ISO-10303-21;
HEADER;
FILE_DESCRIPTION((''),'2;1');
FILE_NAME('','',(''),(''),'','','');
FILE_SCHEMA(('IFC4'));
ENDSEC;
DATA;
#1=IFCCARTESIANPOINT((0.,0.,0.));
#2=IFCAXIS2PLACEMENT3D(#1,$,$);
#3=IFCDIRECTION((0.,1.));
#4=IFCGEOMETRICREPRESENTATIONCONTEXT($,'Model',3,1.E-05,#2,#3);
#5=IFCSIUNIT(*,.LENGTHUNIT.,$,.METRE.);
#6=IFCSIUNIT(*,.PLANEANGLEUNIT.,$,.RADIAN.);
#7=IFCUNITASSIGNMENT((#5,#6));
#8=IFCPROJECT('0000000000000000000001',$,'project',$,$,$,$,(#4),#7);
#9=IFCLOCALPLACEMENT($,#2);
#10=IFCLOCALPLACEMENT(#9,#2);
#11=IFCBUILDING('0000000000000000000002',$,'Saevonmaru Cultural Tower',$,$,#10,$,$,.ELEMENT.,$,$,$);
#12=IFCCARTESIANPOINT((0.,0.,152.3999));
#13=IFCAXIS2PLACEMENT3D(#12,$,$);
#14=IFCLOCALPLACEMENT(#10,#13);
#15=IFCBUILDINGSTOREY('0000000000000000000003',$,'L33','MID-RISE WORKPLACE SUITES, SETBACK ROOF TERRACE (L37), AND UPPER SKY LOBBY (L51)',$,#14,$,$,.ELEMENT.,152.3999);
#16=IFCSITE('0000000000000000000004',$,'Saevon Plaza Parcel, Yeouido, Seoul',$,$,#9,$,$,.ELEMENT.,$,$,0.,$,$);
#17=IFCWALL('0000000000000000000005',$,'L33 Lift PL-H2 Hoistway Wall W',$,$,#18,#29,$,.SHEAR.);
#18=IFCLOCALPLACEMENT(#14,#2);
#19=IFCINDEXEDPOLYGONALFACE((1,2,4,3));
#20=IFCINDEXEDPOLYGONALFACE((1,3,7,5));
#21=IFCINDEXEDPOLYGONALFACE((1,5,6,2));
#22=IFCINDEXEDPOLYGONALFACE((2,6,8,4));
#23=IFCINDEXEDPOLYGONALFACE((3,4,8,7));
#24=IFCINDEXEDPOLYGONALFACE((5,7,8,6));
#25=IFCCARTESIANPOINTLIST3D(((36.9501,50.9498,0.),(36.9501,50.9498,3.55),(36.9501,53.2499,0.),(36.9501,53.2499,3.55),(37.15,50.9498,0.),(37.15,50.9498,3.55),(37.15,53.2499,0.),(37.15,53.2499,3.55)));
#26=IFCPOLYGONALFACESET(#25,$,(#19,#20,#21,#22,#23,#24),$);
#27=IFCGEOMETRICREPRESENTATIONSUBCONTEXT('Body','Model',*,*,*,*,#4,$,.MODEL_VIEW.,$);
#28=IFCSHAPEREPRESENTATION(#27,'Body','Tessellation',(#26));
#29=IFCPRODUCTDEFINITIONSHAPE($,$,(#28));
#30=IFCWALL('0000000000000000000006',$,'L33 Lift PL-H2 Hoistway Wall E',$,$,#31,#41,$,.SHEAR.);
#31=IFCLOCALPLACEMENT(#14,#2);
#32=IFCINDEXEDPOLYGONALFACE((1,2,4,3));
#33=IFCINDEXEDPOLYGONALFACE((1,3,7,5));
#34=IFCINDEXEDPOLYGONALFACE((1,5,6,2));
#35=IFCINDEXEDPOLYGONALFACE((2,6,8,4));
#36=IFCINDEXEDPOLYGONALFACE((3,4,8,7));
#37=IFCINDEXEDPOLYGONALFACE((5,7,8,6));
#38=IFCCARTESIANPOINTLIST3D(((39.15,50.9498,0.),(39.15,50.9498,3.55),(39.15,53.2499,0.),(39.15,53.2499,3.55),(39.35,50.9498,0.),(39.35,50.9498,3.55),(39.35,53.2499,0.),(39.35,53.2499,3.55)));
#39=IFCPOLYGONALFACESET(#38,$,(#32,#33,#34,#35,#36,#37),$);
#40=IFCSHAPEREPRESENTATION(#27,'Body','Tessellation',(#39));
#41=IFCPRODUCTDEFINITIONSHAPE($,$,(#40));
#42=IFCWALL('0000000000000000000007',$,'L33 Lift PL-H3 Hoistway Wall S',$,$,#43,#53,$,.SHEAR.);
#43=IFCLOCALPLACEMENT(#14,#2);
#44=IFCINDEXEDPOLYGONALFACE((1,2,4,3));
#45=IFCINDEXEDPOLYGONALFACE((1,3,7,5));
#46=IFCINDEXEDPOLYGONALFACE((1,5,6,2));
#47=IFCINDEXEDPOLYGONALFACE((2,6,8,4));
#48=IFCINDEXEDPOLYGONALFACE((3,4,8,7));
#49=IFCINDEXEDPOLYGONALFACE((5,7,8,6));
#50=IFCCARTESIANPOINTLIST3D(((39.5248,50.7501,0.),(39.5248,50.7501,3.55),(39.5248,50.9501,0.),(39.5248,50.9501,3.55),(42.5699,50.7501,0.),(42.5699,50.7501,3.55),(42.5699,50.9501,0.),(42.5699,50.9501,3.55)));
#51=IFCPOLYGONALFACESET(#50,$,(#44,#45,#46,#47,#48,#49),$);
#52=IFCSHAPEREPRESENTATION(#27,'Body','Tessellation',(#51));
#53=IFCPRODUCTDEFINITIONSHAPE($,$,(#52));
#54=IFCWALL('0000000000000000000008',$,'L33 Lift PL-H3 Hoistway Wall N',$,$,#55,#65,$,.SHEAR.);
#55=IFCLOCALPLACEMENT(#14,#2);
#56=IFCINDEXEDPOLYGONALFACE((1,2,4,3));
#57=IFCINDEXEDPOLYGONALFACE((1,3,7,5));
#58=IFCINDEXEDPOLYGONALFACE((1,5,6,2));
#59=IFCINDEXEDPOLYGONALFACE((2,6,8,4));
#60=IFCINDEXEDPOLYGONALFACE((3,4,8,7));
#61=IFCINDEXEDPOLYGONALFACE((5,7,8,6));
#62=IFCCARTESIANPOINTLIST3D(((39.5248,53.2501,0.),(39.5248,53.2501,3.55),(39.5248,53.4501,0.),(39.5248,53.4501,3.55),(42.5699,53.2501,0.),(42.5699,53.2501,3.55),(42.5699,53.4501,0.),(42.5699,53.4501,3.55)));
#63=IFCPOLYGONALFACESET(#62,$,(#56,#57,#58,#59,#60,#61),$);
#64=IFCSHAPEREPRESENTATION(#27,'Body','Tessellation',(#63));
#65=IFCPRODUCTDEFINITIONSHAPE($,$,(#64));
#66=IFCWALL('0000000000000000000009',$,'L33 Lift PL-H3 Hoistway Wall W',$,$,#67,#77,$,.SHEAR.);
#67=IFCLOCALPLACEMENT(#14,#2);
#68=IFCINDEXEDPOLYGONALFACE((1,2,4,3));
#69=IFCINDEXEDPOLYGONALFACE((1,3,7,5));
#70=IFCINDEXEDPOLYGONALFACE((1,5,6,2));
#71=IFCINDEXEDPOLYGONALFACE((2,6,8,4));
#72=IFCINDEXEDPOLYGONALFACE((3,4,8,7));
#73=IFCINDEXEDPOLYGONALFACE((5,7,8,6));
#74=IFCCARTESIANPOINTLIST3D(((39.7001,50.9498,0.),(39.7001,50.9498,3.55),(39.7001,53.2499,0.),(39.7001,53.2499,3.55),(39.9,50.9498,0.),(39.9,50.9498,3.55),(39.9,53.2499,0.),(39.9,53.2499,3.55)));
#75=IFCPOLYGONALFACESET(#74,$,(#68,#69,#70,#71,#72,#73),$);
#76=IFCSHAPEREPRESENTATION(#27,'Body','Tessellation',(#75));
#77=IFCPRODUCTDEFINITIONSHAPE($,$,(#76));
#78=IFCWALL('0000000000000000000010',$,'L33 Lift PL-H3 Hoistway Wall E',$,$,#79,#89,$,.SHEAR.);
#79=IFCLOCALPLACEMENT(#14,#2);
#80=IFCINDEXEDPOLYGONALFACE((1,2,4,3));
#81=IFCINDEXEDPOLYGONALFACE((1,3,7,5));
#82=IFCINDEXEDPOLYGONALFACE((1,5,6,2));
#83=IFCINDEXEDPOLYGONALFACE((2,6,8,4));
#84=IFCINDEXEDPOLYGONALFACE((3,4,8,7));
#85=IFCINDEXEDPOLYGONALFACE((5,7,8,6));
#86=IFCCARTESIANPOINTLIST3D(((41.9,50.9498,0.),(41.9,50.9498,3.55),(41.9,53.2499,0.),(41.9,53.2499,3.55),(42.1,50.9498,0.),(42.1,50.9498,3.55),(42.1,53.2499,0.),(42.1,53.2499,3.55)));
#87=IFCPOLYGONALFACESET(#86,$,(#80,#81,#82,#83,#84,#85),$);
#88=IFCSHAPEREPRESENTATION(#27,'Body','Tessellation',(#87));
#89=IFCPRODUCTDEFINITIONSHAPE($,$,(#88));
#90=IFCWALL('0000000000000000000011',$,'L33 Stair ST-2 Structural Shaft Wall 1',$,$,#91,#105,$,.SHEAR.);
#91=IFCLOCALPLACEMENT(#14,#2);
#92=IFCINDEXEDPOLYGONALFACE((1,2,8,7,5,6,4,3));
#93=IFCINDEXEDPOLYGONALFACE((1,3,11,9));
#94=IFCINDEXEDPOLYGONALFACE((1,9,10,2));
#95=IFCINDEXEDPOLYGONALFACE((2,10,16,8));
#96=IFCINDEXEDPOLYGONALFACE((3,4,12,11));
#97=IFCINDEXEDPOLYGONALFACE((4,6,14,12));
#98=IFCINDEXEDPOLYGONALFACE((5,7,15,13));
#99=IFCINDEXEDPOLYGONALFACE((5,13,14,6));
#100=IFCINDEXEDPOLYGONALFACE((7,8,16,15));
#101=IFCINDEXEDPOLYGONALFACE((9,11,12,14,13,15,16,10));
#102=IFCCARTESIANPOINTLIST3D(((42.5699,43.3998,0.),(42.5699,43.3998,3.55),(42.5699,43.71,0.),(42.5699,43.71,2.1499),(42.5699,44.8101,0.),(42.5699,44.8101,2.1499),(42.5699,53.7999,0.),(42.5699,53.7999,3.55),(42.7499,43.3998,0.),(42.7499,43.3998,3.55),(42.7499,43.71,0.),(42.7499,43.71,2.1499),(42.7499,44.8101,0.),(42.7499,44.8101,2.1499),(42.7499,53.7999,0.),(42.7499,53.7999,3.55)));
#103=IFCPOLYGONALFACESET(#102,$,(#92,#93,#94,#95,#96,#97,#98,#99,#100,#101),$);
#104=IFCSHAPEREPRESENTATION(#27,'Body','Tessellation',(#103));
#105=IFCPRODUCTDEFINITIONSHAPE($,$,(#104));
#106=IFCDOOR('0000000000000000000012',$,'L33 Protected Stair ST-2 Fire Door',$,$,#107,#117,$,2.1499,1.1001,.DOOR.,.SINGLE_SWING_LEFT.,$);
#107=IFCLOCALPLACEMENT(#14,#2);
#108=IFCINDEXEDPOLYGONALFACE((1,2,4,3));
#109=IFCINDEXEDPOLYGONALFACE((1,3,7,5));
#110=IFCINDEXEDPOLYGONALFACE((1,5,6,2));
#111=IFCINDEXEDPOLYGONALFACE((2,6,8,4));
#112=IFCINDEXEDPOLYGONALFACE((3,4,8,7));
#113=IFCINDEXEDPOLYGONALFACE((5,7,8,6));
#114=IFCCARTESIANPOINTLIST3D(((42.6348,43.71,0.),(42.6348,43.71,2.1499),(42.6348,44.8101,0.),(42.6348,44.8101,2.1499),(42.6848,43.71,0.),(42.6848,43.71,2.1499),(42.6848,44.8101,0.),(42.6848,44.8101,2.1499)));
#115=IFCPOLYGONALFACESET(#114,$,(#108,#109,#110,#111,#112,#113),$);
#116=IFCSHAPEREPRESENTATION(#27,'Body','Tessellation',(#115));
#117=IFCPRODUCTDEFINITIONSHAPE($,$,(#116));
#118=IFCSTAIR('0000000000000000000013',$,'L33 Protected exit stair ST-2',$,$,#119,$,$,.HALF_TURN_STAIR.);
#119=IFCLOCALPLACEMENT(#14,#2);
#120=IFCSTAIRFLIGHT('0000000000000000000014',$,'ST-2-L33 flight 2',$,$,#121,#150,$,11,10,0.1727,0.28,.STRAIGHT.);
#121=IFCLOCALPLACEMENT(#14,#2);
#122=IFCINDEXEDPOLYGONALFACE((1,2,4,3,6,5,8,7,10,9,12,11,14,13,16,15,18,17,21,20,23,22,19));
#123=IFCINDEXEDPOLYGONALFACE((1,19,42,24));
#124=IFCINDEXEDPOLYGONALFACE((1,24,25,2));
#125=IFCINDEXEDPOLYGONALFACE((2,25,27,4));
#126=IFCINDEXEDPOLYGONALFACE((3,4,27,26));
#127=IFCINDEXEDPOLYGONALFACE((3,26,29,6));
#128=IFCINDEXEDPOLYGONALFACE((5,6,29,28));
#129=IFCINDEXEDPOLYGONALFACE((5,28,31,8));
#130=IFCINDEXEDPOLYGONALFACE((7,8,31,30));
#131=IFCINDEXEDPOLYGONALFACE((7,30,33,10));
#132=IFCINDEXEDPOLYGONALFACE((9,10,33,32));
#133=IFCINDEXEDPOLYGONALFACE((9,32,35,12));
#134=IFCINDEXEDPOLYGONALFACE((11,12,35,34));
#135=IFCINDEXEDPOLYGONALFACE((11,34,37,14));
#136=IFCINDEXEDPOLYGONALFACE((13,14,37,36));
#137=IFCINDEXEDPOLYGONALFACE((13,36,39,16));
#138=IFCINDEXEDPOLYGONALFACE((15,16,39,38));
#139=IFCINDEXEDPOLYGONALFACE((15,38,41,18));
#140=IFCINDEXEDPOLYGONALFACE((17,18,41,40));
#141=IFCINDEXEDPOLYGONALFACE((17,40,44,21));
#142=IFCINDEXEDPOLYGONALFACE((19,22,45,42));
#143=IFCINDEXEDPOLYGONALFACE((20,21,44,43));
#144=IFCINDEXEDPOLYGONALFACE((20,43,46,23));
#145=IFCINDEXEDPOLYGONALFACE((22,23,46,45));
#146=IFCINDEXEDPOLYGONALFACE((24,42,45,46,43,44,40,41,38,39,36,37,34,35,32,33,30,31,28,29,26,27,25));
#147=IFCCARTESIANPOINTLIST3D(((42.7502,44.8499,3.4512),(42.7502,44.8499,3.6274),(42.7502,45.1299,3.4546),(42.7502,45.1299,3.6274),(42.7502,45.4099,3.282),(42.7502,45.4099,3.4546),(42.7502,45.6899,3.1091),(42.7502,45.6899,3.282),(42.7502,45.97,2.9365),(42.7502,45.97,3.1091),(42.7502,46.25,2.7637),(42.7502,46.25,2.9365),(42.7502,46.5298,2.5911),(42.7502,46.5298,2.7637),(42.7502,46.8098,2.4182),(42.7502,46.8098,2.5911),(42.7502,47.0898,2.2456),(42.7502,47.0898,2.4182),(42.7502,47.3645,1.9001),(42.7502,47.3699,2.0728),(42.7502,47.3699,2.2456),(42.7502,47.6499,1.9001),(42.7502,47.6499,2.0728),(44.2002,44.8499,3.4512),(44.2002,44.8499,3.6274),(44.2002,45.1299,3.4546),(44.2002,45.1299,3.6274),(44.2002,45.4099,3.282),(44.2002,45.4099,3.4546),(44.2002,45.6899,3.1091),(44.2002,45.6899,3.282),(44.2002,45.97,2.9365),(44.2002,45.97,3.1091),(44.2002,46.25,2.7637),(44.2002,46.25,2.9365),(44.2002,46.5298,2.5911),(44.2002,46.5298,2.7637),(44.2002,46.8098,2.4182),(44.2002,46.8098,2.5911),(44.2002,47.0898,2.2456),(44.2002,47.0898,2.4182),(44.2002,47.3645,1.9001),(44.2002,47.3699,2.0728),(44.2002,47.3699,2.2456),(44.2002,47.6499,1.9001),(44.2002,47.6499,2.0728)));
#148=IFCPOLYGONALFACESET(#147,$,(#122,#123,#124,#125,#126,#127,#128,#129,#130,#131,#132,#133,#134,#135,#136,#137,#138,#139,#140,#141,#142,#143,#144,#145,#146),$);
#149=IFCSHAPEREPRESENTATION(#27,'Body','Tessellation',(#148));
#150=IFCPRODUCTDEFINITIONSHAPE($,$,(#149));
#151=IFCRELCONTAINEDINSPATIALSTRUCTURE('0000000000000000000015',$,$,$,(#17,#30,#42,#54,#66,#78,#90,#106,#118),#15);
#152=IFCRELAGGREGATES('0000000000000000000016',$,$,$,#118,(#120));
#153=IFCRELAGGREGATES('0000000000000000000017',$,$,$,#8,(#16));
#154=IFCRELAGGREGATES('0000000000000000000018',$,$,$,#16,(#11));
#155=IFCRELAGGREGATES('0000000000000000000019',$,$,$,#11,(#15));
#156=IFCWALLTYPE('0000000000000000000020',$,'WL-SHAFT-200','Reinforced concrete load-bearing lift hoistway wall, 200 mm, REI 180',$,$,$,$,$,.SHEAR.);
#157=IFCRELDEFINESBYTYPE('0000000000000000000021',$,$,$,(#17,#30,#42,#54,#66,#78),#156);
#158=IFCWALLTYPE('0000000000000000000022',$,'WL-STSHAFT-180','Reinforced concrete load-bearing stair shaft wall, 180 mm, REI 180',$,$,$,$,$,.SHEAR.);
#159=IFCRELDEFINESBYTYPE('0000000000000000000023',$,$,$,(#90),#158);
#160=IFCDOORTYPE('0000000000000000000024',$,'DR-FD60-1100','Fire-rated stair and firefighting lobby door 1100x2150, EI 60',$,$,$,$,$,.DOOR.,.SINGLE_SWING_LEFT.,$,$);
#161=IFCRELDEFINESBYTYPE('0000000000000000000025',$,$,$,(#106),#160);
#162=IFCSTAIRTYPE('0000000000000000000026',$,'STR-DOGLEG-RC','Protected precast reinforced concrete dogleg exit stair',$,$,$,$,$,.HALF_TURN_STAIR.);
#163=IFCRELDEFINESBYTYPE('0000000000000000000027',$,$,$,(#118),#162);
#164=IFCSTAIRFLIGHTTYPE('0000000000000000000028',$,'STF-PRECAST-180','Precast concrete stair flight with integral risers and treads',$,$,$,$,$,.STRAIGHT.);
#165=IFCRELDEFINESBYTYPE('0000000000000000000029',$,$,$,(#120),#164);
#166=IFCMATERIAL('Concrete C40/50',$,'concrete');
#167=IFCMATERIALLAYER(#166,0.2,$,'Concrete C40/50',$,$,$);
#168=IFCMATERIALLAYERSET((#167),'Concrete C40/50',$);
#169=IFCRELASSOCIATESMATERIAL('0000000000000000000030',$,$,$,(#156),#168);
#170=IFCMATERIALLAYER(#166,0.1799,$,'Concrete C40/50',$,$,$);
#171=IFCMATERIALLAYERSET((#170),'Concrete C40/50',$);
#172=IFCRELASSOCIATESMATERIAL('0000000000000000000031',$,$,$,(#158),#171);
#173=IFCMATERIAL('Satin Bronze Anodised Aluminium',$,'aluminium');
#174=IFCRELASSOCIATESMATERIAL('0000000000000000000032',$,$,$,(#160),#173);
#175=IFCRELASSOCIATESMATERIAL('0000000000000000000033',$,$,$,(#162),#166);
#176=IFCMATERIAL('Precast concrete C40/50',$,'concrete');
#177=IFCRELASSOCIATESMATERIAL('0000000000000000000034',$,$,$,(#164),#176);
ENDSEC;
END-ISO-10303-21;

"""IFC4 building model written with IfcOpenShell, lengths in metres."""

from ifc_helpers import new_model, si_unit, direction, frame, frame_2d, origin, place, context, subcontext, project, spatial, polyline, rectangle, outline, extrude, material, layer, layer_set, type_object, element, fill, aggregate, save


model = new_model("IFC4")

# Units and contexts
model_context = context("Model", 3, precision=1e-05, world=origin(), true_north=direction((0.0, 1.0)))
body_context = subcontext(model_context, "Body", "Model", "MODEL_VIEW")
ifc_project = project(units=[si_unit("LENGTHUNIT", "METRE"), si_unit("PLANEANGLEUNIT", "RADIAN")], contexts=[model_context])

# Site, building, storey
site_placement = place(None, origin())
site = spatial("IfcSite", under=ifc_project, at=site_placement, Name="Saevon Plaza Parcel, Yeouido, Seoul", CompositionType="ELEMENT", RefElevation=0.0)
building_placement = place(site_placement, origin())
building = spatial("IfcBuilding", under=site, at=building_placement, Name="Saevonmaru Cultural Tower", CompositionType="ELEMENT")
storey_placement = place(building_placement, frame((0.0, 0.0, 152.3999)))
storey = spatial("IfcBuildingStorey", under=building, at=storey_placement, Name="L33", Description="MID-RISE WORKPLACE SUITES, SETBACK ROOF TERRACE (L37), AND UPPER SKY LOBBY (L51)", CompositionType="ELEMENT", Elevation=152.3999)

# Shared definitions
ifc_material_1 = material(Name="Satin Bronze Anodised Aluminium", Category="aluminium")

# Walls
ifc_material_2 = material(Name="Concrete C40/50", Category="concrete")
ifc_layer_1 = layer(ifc_material_2, 0.2, Name="Concrete C40/50")
ifc_layer_set_1 = layer_set([ifc_layer_1], Name="Concrete C40/50")
wall_type_1 = type_object("IfcWallType", Name="WL-SHAFT-200", Description="Reinforced concrete load-bearing lift hoistway wall, 200 mm, REI 180", PredefinedType="SHEAR", material=ifc_layer_set_1)
for number, where, z_axis, x_axis, name in (
    (1, (37.05, 50.95, 0.0), (0.0, 0.0, 1.0), (0.0, 1.0, 0.0), "L33 Lift PL-H2 Hoistway Wall W"),
    (2, (39.25, 50.95, 0.0), (0.0, 0.0, 1.0), (0.0, 1.0, 0.0), "L33 Lift PL-H2 Hoistway Wall E"),
):
    element("IfcWall", number, at=place(storey_placement, frame(where, z_axis=z_axis, x_axis=x_axis)), inside=storey, type_object=wall_type_1, Name=name, PredefinedType="SHEAR", context=body_context, shape_type="SweptSolid", body=[
        extrude(rectangle(XDim=2.3, YDim=0.2, at=frame_2d((1.1499, 0.0))), origin(), (0.0, 0.0, 1.0), 3.55),
    ])
for number, where, z_axis, x_axis, name in (
    (3, (39.5249, 50.8501, 0.0), (0.0, 0.0, 1.0), (1.0, 0.0, 0.0), "L33 Lift PL-H3 Hoistway Wall S"),
    (4, (39.5249, 53.3501, 0.0), (0.0, 0.0, 1.0), (1.0, 0.0, 0.0), "L33 Lift PL-H3 Hoistway Wall N"),
):
    element("IfcWall", number, at=place(storey_placement, frame(where, z_axis=z_axis, x_axis=x_axis)), inside=storey, type_object=wall_type_1, Name=name, PredefinedType="SHEAR", context=body_context, shape_type="SweptSolid", body=[
        extrude(rectangle(XDim=3.0452, YDim=0.2, at=frame_2d((1.5225, 0.0))), origin(), (0.0, 0.0, 1.0), 3.55),
    ])
for number, where, z_axis, x_axis, name in (
    (5, (39.8, 50.95, 0.0), (0.0, 0.0, 1.0), (0.0, 1.0, 0.0), "L33 Lift PL-H3 Hoistway Wall W"),
    (6, (42.0, 50.95, 0.0), (0.0, 0.0, 1.0), (0.0, 1.0, 0.0), "L33 Lift PL-H3 Hoistway Wall E"),
):
    element("IfcWall", number, at=place(storey_placement, frame(where, z_axis=z_axis, x_axis=x_axis)), inside=storey, type_object=wall_type_1, Name=name, PredefinedType="SHEAR", context=body_context, shape_type="SweptSolid", body=[
        extrude(rectangle(XDim=2.3, YDim=0.2, at=frame_2d((1.1499, 0.0))), origin(), (0.0, 0.0, 1.0), 3.55),
    ])

# Wall, opening, door
ifc_layer_2 = layer(ifc_material_2, 0.1799, Name="Concrete C40/50")
ifc_layer_set_2 = layer_set([ifc_layer_2], Name="Concrete C40/50")
wall_type_2 = type_object("IfcWallType", Name="WL-STSHAFT-180", Description="Reinforced concrete load-bearing stair shaft wall, 180 mm, REI 180", PredefinedType="SHEAR", material=ifc_layer_set_2)
wall_1_placement = place(storey_placement, frame((42.6599, 53.8, 0.0), z_axis=(0.0, 0.0, 1.0), x_axis=(0.0, -1.0, 0.0)))
wall_1 = element("IfcWall", 7, at=wall_1_placement, inside=storey, type_object=wall_type_2, Name="L33 Stair ST-2 Structural Shaft Wall 1", PredefinedType="SHEAR", context=body_context, shape_type="SweptSolid", body=[
    extrude(rectangle(XDim=10.4001, YDim=0.1799, at=frame_2d((5.2002, 0.0))), origin(), (0.0, 0.0, 1.0), 3.55),
])
opening_placement = place(wall_1_placement, frame((8.99, 0.0, 0.0)))
opening = element("IfcOpeningElement", 8, at=opening_placement, cuts=wall_1, PredefinedType="OPENING", context=body_context, shape_type="SweptSolid", body=[
    extrude(rectangle(XDim=1.1001, YDim=2.1499, at=frame_2d((0.55, 1.075))), frame((0.0, 0.1001, 0.0), z_axis=(0.0, -1.0, 0.0), x_axis=(1.0, 0.0, 0.0)), (0.0, 0.0, 1.0), 0.2),
])
door_type = type_object("IfcDoorType", Name="DR-FD60-1100", Description="Fire-rated stair and firefighting lobby door 1100x2150, EI 60", OperationType="SINGLE_SWING_LEFT", PredefinedType="DOOR", material=ifc_material_1)
door_placement = place(opening_placement, origin())
door = element("IfcDoor", 9, at=door_placement, inside=storey, type_object=door_type, Name="L33 Protected Stair ST-2 Fire Door", OperationType="SINGLE_SWING_LEFT", OverallHeight=2.1499, OverallWidth=1.1001, PredefinedType="DOOR", context=body_context, shape_type="SweptSolid", body=[
    extrude(rectangle(XDim=1.1001, YDim=2.1499, at=frame_2d((0.55, 1.075))), frame((0.0, 0.0249, 0.0), z_axis=(0.0, -1.0, 0.0), x_axis=(1.0, 0.0, 0.0)), (0.0, 0.0, 1.0), 0.05),
])
fill(opening, door)

# Stair, stair flight
stair_type = type_object("IfcStairType", Name="STR-DOGLEG-RC", Description="Protected precast reinforced concrete dogleg exit stair", PredefinedType="HALF_TURN_STAIR", material=ifc_material_2)
stair_placement = place(storey_placement, origin())
stair = element("IfcStair", 10, at=stair_placement, inside=storey, type_object=stair_type, Name="L33 Protected exit stair ST-2", PredefinedType="HALF_TURN_STAIR")
ifc_material_3 = material(Name="Precast concrete C40/50", Category="concrete")
stair_flight_type = type_object("IfcStairFlightType", Name="STF-PRECAST-180", Description="Precast concrete stair flight with integral risers and treads", PredefinedType="STRAIGHT", material=ifc_material_3)
stair_flight_placement = place(storey_placement, frame((43.4751, 47.6499, 1.9001), z_axis=(0.0, 0.0, 1.0), x_axis=(0.0, -1.0, 0.0)))
stair_flight = element("IfcStairFlight", 11, at=stair_flight_placement, type_object=stair_flight_type, Name="ST-2-L33 flight 2", NumberOfRisers=11, NumberOfTreads=10, PredefinedType="STRAIGHT", RiserHeight=0.1727, TreadLength=0.28, context=body_context, shape_type="SweptSolid", body=[
    extrude(outline(polyline([(0.0, 0.0), (0.0, 0.1726), (0.28, 0.1726), (0.28, 0.3455), (0.5601, 0.3455), (0.5601, 0.5181), (0.8401, 0.5181), (0.8401, 0.6909), (1.1201, 0.6909), (1.1201, 0.8635), (1.3999, 0.8635), (1.3999, 1.0364), (1.6799, 1.0364), (1.6799, 1.209), (1.96, 1.209), (1.96, 1.3818), (2.24, 1.3818), (2.24, 1.5544), (2.52, 1.5544), (2.52, 1.7273), (2.8, 1.7273), (2.8, 1.8999), (2.8, 1.551), (0.2854, 0.0), (0.0, 0.0)])), frame((0.0, 0.7251, 0.0), z_axis=(0.0, -1.0, 0.0), x_axis=(1.0, 0.0, 0.0)), (0.0, 0.0, 1.0), 1.45),
])
aggregate(stair, [stair_flight])

save(model, "model.ifc")
